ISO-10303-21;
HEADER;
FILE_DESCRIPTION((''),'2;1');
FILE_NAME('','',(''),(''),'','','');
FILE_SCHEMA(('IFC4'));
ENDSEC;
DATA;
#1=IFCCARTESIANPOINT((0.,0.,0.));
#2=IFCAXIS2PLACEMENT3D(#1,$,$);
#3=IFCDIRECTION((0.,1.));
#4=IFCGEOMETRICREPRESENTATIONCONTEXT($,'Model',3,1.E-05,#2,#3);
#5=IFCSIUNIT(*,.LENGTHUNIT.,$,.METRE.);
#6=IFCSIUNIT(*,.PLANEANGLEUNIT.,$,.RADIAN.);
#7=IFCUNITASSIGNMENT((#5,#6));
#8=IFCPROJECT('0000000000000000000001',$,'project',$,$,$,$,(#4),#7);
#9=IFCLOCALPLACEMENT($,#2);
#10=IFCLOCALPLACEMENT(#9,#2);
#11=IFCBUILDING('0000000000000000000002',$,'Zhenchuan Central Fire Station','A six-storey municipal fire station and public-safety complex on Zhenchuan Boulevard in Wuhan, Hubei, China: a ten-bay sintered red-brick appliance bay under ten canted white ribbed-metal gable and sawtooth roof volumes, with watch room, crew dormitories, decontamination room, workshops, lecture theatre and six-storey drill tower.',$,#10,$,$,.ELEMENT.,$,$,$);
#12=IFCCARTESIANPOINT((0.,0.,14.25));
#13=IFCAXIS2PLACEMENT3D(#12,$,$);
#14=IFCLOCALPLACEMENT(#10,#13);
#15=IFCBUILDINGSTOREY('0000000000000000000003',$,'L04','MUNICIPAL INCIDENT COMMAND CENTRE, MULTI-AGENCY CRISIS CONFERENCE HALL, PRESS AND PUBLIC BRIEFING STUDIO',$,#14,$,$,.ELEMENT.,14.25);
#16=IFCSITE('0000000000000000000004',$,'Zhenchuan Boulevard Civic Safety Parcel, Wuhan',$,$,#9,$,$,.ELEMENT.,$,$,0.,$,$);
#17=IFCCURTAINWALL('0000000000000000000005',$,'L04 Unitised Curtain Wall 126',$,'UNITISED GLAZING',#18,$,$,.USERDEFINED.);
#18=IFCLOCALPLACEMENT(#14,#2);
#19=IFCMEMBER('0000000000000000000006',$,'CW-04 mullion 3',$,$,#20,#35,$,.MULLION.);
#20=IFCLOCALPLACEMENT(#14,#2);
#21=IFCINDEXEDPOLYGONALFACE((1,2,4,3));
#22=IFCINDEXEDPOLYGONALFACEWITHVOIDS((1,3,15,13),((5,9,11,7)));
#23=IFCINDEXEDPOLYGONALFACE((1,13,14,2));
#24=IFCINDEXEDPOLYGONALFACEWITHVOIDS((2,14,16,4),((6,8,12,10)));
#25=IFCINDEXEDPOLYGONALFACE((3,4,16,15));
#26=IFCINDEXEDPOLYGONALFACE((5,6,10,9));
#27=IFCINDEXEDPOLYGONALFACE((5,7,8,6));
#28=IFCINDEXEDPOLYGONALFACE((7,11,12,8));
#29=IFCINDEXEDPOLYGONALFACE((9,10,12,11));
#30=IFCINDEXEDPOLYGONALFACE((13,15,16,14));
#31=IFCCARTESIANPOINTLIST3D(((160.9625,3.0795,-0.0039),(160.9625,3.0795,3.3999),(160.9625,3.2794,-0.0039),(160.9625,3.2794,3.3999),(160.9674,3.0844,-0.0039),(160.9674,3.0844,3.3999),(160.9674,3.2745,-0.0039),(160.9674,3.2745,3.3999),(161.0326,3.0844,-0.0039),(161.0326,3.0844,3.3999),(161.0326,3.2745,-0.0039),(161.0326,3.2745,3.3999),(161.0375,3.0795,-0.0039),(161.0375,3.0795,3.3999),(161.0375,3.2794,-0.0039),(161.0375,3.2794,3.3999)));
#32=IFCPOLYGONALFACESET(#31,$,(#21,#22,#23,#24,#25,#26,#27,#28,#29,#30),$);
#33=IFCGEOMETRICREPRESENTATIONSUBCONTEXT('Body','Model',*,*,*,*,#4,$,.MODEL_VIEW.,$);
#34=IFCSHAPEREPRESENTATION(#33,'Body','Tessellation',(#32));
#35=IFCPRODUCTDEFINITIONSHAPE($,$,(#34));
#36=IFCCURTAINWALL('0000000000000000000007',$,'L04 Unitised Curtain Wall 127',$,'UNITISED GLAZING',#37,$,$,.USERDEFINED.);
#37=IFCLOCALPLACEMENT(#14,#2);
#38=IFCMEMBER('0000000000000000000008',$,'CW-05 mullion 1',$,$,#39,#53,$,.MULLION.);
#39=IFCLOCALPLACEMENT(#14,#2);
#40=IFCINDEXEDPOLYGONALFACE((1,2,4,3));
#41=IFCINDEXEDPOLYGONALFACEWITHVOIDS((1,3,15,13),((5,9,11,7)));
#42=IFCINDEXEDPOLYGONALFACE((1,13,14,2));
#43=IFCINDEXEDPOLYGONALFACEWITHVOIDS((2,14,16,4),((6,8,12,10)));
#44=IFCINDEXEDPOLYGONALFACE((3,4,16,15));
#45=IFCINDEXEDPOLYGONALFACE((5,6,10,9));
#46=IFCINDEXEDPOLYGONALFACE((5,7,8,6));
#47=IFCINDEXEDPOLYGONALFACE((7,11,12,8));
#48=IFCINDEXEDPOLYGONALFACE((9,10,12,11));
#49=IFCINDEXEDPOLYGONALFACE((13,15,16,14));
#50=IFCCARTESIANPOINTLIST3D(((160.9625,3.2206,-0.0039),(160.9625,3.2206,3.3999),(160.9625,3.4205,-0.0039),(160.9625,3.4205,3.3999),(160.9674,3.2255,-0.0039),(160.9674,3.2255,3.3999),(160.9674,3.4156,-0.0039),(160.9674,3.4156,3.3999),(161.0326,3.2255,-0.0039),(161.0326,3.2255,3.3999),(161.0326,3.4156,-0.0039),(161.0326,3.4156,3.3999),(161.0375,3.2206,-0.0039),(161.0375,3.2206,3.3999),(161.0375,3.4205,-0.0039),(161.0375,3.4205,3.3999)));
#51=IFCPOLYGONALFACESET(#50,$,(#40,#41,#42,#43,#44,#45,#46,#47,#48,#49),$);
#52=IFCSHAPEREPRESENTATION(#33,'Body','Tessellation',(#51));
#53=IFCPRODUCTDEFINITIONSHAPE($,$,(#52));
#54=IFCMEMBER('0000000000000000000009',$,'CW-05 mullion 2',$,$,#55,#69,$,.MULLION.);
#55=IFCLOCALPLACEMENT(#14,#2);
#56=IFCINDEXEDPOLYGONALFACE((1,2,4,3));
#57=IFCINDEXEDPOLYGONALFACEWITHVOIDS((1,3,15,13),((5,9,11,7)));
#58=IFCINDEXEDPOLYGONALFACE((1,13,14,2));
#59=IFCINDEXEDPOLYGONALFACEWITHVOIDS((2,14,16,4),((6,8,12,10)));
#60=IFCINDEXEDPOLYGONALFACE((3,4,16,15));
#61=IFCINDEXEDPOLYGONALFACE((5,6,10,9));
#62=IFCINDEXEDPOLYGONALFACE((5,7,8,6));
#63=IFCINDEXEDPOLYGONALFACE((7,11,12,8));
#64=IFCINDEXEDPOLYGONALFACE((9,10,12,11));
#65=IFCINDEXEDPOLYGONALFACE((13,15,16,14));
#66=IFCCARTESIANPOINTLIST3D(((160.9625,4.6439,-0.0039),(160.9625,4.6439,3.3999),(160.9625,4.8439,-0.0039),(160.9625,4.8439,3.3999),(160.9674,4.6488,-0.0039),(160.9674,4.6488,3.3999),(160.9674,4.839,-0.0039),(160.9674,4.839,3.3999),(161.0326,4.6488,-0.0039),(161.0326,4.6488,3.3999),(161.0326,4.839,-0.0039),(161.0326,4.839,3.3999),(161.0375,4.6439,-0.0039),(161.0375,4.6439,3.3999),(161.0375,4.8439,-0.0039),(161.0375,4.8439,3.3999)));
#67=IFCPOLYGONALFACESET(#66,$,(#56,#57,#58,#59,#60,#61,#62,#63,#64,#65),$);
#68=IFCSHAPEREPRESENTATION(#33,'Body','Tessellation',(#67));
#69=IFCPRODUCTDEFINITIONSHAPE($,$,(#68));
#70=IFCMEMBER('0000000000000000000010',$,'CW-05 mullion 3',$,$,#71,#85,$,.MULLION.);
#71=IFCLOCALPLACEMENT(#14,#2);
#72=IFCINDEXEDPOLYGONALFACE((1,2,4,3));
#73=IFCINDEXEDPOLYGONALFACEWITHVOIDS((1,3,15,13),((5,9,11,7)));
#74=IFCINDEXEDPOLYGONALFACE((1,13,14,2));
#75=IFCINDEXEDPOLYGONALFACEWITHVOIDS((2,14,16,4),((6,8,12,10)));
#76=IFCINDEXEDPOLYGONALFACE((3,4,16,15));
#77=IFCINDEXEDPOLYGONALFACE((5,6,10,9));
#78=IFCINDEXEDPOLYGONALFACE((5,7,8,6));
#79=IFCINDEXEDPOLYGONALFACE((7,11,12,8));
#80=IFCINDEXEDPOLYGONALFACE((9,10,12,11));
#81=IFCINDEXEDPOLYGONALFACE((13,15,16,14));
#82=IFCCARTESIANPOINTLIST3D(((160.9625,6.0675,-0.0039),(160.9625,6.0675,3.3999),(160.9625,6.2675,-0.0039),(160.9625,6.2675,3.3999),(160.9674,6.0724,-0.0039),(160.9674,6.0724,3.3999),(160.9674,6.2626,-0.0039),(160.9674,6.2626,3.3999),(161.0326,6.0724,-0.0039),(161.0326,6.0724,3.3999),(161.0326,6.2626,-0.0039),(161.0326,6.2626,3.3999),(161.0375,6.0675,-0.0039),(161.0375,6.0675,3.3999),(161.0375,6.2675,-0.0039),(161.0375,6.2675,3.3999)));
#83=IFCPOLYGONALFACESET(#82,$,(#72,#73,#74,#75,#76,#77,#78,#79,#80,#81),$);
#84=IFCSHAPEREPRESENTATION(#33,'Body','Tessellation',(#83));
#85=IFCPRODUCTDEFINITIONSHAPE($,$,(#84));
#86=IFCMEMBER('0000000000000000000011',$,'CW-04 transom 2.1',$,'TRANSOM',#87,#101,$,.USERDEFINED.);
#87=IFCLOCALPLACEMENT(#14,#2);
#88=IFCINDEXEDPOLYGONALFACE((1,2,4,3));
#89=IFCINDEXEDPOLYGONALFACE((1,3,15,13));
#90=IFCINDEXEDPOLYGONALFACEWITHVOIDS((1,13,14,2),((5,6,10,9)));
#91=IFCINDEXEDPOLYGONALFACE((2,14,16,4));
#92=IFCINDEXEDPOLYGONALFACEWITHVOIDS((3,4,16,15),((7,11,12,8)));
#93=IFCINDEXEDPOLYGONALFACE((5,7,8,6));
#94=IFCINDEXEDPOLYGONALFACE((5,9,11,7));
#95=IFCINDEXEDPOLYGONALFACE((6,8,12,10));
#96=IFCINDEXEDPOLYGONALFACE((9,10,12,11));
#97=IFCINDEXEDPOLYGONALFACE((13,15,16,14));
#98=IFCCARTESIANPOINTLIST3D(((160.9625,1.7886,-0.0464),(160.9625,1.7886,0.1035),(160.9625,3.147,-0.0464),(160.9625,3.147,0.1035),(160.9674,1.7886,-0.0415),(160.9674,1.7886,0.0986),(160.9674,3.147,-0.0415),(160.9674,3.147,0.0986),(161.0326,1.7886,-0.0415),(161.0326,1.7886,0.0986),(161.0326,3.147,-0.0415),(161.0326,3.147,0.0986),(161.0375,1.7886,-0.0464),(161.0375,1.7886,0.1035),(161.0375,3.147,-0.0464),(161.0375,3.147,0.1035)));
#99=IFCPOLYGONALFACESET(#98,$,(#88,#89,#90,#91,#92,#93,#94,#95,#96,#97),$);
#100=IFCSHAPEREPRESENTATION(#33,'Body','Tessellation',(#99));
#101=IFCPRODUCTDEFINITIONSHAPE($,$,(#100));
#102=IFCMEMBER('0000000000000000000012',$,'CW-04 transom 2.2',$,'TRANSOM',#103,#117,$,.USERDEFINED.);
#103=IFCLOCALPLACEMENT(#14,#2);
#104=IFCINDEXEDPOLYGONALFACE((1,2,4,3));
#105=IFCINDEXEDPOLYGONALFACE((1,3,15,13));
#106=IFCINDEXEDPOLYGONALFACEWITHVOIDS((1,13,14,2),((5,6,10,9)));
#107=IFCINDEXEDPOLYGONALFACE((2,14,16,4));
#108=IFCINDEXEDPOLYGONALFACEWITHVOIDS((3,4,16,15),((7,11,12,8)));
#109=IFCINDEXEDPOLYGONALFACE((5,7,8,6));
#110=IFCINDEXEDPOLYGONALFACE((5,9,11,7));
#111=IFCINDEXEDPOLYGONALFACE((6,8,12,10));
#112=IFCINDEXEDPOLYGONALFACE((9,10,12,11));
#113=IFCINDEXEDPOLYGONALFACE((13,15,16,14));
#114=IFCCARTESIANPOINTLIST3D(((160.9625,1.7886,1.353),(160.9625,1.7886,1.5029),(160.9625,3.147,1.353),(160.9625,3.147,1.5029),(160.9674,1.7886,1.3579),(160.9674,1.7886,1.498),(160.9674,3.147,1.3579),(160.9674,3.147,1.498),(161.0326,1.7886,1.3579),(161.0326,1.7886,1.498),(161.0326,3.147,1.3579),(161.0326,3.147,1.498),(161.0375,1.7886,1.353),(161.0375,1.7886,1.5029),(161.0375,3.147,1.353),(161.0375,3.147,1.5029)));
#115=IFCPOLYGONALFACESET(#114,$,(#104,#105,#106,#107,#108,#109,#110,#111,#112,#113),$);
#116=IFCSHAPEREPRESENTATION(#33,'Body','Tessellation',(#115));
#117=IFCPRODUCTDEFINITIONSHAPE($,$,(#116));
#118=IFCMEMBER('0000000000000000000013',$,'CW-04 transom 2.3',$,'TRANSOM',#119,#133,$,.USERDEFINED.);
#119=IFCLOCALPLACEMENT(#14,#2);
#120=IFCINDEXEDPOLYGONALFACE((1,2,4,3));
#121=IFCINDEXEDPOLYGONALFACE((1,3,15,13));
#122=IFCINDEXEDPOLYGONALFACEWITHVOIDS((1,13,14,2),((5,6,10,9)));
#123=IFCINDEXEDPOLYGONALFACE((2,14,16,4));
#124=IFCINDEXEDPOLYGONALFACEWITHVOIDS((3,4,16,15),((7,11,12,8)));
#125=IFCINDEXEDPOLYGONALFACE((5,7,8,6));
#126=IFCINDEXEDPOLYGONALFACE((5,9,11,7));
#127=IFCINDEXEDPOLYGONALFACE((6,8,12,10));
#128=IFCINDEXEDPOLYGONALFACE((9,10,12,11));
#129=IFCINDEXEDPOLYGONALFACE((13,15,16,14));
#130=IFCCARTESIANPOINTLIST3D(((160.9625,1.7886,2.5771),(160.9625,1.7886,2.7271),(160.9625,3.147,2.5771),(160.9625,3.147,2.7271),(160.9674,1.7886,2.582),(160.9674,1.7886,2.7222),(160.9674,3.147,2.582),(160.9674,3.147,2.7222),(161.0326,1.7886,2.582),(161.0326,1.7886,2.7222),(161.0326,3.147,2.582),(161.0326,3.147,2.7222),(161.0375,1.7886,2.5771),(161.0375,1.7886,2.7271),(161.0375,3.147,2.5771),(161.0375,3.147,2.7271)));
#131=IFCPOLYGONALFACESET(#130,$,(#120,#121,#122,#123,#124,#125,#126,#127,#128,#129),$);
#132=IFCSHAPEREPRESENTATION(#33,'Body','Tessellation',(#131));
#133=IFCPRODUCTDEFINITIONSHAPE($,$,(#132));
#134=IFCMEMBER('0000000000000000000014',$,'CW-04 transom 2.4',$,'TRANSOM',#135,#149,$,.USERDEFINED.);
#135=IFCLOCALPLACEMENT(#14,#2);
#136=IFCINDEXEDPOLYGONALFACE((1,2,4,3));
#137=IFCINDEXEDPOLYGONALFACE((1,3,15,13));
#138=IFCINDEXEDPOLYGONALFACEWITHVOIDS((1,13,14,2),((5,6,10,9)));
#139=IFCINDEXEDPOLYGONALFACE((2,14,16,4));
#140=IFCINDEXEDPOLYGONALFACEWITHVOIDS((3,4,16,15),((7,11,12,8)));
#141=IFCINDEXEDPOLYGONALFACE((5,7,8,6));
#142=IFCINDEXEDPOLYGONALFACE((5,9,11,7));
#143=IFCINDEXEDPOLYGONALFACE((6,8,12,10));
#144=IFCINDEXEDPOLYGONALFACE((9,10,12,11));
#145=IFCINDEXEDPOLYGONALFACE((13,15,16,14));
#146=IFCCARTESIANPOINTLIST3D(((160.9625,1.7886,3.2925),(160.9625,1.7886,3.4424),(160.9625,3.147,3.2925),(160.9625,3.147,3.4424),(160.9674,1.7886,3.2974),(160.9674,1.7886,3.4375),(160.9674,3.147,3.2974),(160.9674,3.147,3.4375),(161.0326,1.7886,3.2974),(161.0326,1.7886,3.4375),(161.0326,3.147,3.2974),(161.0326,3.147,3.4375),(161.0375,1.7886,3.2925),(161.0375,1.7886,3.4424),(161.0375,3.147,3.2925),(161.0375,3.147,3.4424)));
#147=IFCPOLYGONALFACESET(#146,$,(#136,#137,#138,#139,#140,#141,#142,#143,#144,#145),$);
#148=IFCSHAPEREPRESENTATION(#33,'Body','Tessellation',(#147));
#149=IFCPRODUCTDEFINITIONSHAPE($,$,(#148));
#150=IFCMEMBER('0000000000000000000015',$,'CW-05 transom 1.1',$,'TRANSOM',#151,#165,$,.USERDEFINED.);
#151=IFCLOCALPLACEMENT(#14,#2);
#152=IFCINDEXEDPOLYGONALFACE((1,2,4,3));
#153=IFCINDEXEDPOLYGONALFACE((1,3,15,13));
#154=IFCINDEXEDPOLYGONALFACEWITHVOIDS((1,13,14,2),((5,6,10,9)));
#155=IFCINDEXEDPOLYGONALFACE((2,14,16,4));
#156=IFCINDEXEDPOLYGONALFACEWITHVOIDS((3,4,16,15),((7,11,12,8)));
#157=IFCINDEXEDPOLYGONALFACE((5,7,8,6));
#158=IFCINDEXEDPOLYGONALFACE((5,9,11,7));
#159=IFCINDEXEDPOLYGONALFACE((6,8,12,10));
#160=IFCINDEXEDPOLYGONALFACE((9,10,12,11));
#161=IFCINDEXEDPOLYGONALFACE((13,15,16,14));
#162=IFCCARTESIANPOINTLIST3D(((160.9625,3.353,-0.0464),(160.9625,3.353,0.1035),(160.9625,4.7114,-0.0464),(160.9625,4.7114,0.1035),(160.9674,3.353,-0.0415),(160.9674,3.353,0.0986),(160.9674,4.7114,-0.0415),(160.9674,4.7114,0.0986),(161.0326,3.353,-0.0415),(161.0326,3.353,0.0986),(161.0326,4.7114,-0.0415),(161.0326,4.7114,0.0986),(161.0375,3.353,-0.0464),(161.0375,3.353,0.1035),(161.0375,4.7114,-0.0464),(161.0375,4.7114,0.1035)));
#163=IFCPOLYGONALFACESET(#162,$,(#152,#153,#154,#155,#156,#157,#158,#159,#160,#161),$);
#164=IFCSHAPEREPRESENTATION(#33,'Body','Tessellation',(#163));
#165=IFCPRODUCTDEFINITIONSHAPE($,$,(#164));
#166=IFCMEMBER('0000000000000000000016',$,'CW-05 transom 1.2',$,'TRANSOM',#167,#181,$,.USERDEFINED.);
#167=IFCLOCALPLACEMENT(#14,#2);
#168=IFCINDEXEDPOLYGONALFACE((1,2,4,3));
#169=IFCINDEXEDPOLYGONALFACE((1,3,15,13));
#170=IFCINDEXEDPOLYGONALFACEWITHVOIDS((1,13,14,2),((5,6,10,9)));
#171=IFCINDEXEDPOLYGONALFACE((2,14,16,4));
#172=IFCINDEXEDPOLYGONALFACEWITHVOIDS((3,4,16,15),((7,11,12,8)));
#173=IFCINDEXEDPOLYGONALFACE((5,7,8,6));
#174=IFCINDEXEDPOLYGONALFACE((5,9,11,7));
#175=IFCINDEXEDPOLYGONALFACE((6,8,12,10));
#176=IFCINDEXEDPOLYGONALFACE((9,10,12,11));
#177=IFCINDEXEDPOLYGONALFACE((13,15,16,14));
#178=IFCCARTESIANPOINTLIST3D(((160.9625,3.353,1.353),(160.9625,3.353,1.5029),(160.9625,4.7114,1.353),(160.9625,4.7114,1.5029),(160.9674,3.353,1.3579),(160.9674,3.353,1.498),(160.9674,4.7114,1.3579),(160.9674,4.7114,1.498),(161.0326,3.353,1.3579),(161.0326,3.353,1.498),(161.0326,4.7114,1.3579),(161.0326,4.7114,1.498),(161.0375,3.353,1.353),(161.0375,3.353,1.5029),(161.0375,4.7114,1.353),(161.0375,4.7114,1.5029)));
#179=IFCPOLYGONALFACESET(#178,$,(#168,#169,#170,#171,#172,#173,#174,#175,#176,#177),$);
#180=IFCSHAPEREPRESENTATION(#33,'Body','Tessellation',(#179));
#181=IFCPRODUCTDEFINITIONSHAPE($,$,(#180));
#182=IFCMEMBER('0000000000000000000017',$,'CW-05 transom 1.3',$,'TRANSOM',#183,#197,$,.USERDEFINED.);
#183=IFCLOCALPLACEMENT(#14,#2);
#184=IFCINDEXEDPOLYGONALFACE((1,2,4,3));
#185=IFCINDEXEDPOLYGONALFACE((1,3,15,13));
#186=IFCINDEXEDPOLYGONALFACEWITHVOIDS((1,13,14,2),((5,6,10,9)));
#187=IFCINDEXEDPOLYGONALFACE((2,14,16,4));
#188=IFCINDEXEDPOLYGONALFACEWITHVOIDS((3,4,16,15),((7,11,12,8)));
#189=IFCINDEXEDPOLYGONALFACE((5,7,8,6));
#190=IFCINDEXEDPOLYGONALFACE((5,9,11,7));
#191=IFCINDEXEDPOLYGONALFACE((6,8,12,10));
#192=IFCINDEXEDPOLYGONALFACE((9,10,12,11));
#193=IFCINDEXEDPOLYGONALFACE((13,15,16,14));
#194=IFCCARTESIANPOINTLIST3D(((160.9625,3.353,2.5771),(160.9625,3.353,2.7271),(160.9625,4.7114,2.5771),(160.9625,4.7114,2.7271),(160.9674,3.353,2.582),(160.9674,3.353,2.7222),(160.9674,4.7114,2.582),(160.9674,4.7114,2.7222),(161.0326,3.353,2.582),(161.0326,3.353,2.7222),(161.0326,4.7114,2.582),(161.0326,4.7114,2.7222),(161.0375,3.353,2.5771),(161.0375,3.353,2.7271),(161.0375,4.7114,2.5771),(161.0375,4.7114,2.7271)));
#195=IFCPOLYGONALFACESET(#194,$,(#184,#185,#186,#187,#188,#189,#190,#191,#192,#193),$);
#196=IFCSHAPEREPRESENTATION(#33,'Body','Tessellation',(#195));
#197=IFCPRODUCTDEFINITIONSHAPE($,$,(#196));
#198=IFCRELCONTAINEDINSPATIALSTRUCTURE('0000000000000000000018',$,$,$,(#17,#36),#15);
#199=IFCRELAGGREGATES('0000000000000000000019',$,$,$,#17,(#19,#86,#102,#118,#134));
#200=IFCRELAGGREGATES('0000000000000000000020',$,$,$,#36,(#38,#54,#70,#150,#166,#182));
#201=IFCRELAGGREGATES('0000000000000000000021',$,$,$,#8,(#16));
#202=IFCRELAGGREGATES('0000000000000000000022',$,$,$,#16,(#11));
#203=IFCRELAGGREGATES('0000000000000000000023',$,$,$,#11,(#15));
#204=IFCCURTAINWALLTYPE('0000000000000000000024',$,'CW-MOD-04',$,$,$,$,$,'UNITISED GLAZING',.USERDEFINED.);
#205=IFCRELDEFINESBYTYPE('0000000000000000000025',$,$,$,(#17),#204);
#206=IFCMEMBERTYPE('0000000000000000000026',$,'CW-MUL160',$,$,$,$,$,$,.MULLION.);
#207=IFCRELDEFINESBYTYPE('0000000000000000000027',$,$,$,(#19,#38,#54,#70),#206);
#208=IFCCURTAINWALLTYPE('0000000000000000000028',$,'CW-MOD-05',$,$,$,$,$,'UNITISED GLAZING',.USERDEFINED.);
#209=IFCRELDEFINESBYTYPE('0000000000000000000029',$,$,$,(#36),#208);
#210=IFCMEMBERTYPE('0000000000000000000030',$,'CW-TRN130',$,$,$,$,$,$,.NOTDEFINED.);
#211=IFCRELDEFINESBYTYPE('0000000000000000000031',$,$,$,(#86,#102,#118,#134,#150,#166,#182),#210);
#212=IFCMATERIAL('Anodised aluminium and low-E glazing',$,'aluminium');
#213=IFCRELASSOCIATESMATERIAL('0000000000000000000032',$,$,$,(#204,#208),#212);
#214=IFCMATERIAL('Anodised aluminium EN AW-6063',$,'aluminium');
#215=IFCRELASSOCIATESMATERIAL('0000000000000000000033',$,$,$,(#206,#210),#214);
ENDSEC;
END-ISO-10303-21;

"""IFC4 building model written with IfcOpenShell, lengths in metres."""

from ifc_helpers import new_model, si_unit, direction, frame, origin, origin_2d, place, context, subcontext, project, spatial, hollow_rectangle, extrude, material, material_profile, profile_set, type_object, element, aggregate, save


model = new_model("IFC4")

# Units and contexts
model_context = context("Model", 3, precision=1e-05, world=origin(), true_north=direction((0.0, 1.0)))
body_context = subcontext(model_context, "Body", "Model", "MODEL_VIEW")
ifc_project = project(units=[si_unit("LENGTHUNIT", "METRE"), si_unit("PLANEANGLEUNIT", "RADIAN")], contexts=[model_context])

# Site, building, storey
site_placement = place(None, origin())
site = spatial("IfcSite", under=ifc_project, at=site_placement, Name="Zhenchuan Boulevard Civic Safety Parcel, Wuhan", CompositionType="ELEMENT", RefElevation=0.0)
building_placement = place(site_placement, origin())
building = spatial("IfcBuilding", under=site, at=building_placement, Name="Zhenchuan Central Fire Station", Description="A six-storey municipal fire station and public-safety complex on Zhenchuan Boulevard in Wuhan, Hubei, China: a ten-bay sintered red-brick appliance bay under ten canted white ribbed-metal gable and sawtooth roof volumes, with watch room, crew dormitories, decontamination room, workshops, lecture theatre and six-storey drill tower.", CompositionType="ELEMENT")
storey_placement = place(building_placement, frame((0.0, 0.0, 14.25)))
storey = spatial("IfcBuildingStorey", under=building, at=storey_placement, Name="L04", Description="MUNICIPAL INCIDENT COMMAND CENTRE, MULTI-AGENCY CRISIS CONFERENCE HALL, PRESS AND PUBLIC BRIEFING STUDIO", CompositionType="ELEMENT", Elevation=14.25)

# Curtain wall, member
ifc_material_1 = material(Name="Anodised aluminium and low-E glazing", Category="aluminium")
curtain_wall_type_1 = type_object("IfcCurtainWallType", Name="CW-MOD-04", ElementType="UNITISED GLAZING", PredefinedType="USERDEFINED", material=ifc_material_1)
curtain_wall_1_placement = place(storey_placement, origin())
curtain_wall_1 = element("IfcCurtainWall", 1, at=curtain_wall_1_placement, inside=storey, type_object=curtain_wall_type_1, Name="L04 Unitised Curtain Wall 126", ObjectType="UNITISED GLAZING", PredefinedType="USERDEFINED")
ifc_material_2 = material(Name="Anodised aluminium EN AW-6063", Category="aluminium")
ifc_material_profile_1 = material_profile(ifc_material_2, hollow_rectangle(XDim=0.075, YDim=0.2, WallThickness=0.0049, at=origin_2d()), Name="ALU-M 200x75")
ifc_profile_set_1 = profile_set([ifc_material_profile_1], Name="Anodised aluminium EN AW-6063")
member_type_1 = type_object("IfcMemberType", Name="CW-MUL160", PredefinedType="MULLION", material=ifc_profile_set_1)
member_1_placement = place(storey_placement, frame((161.0, 3.1794, -0.0039), z_axis=(0.0, 0.0, 1.0), x_axis=(-1.0, 0.0, 0.0)))
member_1 = element("IfcMember", 2, at=member_1_placement, type_object=member_type_1, Name="CW-04 mullion 3", PredefinedType="MULLION", context=body_context, shape_type="SweptSolid", body=[
    extrude(hollow_rectangle(XDim=0.075, YDim=0.2, WallThickness=0.0049, at=origin_2d()), origin(), (0.0, 0.0, 1.0), 3.4038),
])

# Curtain wall, members
curtain_wall_type_2 = type_object("IfcCurtainWallType", Name="CW-MOD-05", ElementType="UNITISED GLAZING", PredefinedType="USERDEFINED", material=ifc_material_1)
curtain_wall_2_placement = place(storey_placement, origin())
curtain_wall_2 = element("IfcCurtainWall", 3, at=curtain_wall_2_placement, inside=storey, type_object=curtain_wall_type_2, Name="L04 Unitised Curtain Wall 127", ObjectType="UNITISED GLAZING", PredefinedType="USERDEFINED")
member_2_placement = place(storey_placement, frame((161.0, 3.3206, -0.0039), z_axis=(0.0, 0.0, 1.0), x_axis=(-1.0, 0.0, 0.0)))
member_2 = element("IfcMember", 4, at=member_2_placement, type_object=member_type_1, Name="CW-05 mullion 1", PredefinedType="MULLION", context=body_context, shape_type="SweptSolid", body=[
    extrude(hollow_rectangle(XDim=0.075, YDim=0.2, WallThickness=0.0049, at=origin_2d()), origin(), (0.0, 0.0, 1.0), 3.4038),
])
member_3_placement = place(storey_placement, frame((161.0, 4.7439, -0.0039), z_axis=(0.0, 0.0, 1.0), x_axis=(-1.0, 0.0, 0.0)))
member_3 = element("IfcMember", 5, at=member_3_placement, type_object=member_type_1, Name="CW-05 mullion 2", PredefinedType="MULLION", context=body_context, shape_type="SweptSolid", body=[
    extrude(hollow_rectangle(XDim=0.075, YDim=0.2, WallThickness=0.0049, at=origin_2d()), origin(), (0.0, 0.0, 1.0), 3.4038),
])
member_4_placement = place(storey_placement, frame((161.0, 6.1675, -0.0039), z_axis=(0.0, 0.0, 1.0), x_axis=(-1.0, 0.0, 0.0)))
member_4 = element("IfcMember", 6, at=member_4_placement, type_object=member_type_1, Name="CW-05 mullion 3", PredefinedType="MULLION", context=body_context, shape_type="SweptSolid", body=[
    extrude(hollow_rectangle(XDim=0.075, YDim=0.2, WallThickness=0.0049, at=origin_2d()), origin(), (0.0, 0.0, 1.0), 3.4038),
])

# Members
ifc_material_profile_2 = material_profile(ifc_material_2, hollow_rectangle(XDim=0.075, YDim=0.1499, WallThickness=0.0049, at=origin_2d()), Name="ALU-T 150x75")
ifc_profile_set_2 = profile_set([ifc_material_profile_2], Name="Anodised aluminium EN AW-6063")
member_type_2 = type_object("IfcMemberType", Name="CW-TRN130", PredefinedType="NOTDEFINED", material=ifc_profile_set_2)
member_5_placement = place(storey_placement, frame((161.0, 1.7886, 0.0286), z_axis=(0.0, 1.0, 0.0), x_axis=(-1.0, 0.0, 0.0)))
member_5 = element("IfcMember", 7, at=member_5_placement, type_object=member_type_2, Name="CW-04 transom 2.1", ObjectType="TRANSOM", PredefinedType="USERDEFINED", context=body_context, shape_type="SweptSolid", body=[
    extrude(hollow_rectangle(XDim=0.075, YDim=0.1499, WallThickness=0.0049, at=origin_2d()), origin(), (0.0, 0.0, 1.0), 1.3584),
])
member_6_placement = place(storey_placement, frame((161.0, 1.7886, 1.428), z_axis=(0.0, 1.0, 0.0), x_axis=(-1.0, 0.0, 0.0)))
member_6 = element("IfcMember", 8, at=member_6_placement, type_object=member_type_2, Name="CW-04 transom 2.2", ObjectType="TRANSOM", PredefinedType="USERDEFINED", context=body_context, shape_type="SweptSolid", body=[
    extrude(hollow_rectangle(XDim=0.075, YDim=0.1499, WallThickness=0.0049, at=origin_2d()), origin(), (0.0, 0.0, 1.0), 1.3584),
])
member_7_placement = place(storey_placement, frame((161.0, 1.7886, 2.6521), z_axis=(0.0, 1.0, 0.0), x_axis=(-1.0, 0.0, 0.0)))
member_7 = element("IfcMember", 9, at=member_7_placement, type_object=member_type_2, Name="CW-04 transom 2.3", ObjectType="TRANSOM", PredefinedType="USERDEFINED", context=body_context, shape_type="SweptSolid", body=[
    extrude(hollow_rectangle(XDim=0.075, YDim=0.1499, WallThickness=0.0049, at=origin_2d()), origin(), (0.0, 0.0, 1.0), 1.3584),
])
member_8_placement = place(storey_placement, frame((161.0, 1.7886, 3.3674), z_axis=(0.0, 1.0, 0.0), x_axis=(-1.0, 0.0, 0.0)))
member_8 = element("IfcMember", 10, at=member_8_placement, type_object=member_type_2, Name="CW-04 transom 2.4", ObjectType="TRANSOM", PredefinedType="USERDEFINED", context=body_context, shape_type="SweptSolid", body=[
    extrude(hollow_rectangle(XDim=0.075, YDim=0.1499, WallThickness=0.0049, at=origin_2d()), origin(), (0.0, 0.0, 1.0), 1.3584),
])
member_9_placement = place(storey_placement, frame((161.0, 3.353, 0.0286), z_axis=(0.0, 1.0, 0.0), x_axis=(-1.0, 0.0, 0.0)))
member_9 = element("IfcMember", 11, at=member_9_placement, type_object=member_type_2, Name="CW-05 transom 1.1", ObjectType="TRANSOM", PredefinedType="USERDEFINED", context=body_context, shape_type="SweptSolid", body=[
    extrude(hollow_rectangle(XDim=0.075, YDim=0.1499, WallThickness=0.0049, at=origin_2d()), origin(), (0.0, 0.0, 1.0), 1.3584),
])
member_10_placement = place(storey_placement, frame((161.0, 3.353, 1.428), z_axis=(0.0, 1.0, 0.0), x_axis=(-1.0, 0.0, 0.0)))
member_10 = element("IfcMember", 12, at=member_10_placement, type_object=member_type_2, Name="CW-05 transom 1.2", ObjectType="TRANSOM", PredefinedType="USERDEFINED", context=body_context, shape_type="SweptSolid", body=[
    extrude(hollow_rectangle(XDim=0.075, YDim=0.1499, WallThickness=0.0049, at=origin_2d()), origin(), (0.0, 0.0, 1.0), 1.3584),
])
member_11_placement = place(storey_placement, frame((161.0, 3.353, 2.6521), z_axis=(0.0, 1.0, 0.0), x_axis=(-1.0, 0.0, 0.0)))
member_11 = element("IfcMember", 13, at=member_11_placement, type_object=member_type_2, Name="CW-05 transom 1.3", ObjectType="TRANSOM", PredefinedType="USERDEFINED", context=body_context, shape_type="SweptSolid", body=[
    extrude(hollow_rectangle(XDim=0.075, YDim=0.1499, WallThickness=0.0049, at=origin_2d()), origin(), (0.0, 0.0, 1.0), 1.3584),
])

aggregate(curtain_wall_1, [member_1, member_5, member_6, member_7, member_8])
aggregate(curtain_wall_2, [member_2, member_3, member_4, member_9, member_10, member_11])

save(model, "model.ifc")
